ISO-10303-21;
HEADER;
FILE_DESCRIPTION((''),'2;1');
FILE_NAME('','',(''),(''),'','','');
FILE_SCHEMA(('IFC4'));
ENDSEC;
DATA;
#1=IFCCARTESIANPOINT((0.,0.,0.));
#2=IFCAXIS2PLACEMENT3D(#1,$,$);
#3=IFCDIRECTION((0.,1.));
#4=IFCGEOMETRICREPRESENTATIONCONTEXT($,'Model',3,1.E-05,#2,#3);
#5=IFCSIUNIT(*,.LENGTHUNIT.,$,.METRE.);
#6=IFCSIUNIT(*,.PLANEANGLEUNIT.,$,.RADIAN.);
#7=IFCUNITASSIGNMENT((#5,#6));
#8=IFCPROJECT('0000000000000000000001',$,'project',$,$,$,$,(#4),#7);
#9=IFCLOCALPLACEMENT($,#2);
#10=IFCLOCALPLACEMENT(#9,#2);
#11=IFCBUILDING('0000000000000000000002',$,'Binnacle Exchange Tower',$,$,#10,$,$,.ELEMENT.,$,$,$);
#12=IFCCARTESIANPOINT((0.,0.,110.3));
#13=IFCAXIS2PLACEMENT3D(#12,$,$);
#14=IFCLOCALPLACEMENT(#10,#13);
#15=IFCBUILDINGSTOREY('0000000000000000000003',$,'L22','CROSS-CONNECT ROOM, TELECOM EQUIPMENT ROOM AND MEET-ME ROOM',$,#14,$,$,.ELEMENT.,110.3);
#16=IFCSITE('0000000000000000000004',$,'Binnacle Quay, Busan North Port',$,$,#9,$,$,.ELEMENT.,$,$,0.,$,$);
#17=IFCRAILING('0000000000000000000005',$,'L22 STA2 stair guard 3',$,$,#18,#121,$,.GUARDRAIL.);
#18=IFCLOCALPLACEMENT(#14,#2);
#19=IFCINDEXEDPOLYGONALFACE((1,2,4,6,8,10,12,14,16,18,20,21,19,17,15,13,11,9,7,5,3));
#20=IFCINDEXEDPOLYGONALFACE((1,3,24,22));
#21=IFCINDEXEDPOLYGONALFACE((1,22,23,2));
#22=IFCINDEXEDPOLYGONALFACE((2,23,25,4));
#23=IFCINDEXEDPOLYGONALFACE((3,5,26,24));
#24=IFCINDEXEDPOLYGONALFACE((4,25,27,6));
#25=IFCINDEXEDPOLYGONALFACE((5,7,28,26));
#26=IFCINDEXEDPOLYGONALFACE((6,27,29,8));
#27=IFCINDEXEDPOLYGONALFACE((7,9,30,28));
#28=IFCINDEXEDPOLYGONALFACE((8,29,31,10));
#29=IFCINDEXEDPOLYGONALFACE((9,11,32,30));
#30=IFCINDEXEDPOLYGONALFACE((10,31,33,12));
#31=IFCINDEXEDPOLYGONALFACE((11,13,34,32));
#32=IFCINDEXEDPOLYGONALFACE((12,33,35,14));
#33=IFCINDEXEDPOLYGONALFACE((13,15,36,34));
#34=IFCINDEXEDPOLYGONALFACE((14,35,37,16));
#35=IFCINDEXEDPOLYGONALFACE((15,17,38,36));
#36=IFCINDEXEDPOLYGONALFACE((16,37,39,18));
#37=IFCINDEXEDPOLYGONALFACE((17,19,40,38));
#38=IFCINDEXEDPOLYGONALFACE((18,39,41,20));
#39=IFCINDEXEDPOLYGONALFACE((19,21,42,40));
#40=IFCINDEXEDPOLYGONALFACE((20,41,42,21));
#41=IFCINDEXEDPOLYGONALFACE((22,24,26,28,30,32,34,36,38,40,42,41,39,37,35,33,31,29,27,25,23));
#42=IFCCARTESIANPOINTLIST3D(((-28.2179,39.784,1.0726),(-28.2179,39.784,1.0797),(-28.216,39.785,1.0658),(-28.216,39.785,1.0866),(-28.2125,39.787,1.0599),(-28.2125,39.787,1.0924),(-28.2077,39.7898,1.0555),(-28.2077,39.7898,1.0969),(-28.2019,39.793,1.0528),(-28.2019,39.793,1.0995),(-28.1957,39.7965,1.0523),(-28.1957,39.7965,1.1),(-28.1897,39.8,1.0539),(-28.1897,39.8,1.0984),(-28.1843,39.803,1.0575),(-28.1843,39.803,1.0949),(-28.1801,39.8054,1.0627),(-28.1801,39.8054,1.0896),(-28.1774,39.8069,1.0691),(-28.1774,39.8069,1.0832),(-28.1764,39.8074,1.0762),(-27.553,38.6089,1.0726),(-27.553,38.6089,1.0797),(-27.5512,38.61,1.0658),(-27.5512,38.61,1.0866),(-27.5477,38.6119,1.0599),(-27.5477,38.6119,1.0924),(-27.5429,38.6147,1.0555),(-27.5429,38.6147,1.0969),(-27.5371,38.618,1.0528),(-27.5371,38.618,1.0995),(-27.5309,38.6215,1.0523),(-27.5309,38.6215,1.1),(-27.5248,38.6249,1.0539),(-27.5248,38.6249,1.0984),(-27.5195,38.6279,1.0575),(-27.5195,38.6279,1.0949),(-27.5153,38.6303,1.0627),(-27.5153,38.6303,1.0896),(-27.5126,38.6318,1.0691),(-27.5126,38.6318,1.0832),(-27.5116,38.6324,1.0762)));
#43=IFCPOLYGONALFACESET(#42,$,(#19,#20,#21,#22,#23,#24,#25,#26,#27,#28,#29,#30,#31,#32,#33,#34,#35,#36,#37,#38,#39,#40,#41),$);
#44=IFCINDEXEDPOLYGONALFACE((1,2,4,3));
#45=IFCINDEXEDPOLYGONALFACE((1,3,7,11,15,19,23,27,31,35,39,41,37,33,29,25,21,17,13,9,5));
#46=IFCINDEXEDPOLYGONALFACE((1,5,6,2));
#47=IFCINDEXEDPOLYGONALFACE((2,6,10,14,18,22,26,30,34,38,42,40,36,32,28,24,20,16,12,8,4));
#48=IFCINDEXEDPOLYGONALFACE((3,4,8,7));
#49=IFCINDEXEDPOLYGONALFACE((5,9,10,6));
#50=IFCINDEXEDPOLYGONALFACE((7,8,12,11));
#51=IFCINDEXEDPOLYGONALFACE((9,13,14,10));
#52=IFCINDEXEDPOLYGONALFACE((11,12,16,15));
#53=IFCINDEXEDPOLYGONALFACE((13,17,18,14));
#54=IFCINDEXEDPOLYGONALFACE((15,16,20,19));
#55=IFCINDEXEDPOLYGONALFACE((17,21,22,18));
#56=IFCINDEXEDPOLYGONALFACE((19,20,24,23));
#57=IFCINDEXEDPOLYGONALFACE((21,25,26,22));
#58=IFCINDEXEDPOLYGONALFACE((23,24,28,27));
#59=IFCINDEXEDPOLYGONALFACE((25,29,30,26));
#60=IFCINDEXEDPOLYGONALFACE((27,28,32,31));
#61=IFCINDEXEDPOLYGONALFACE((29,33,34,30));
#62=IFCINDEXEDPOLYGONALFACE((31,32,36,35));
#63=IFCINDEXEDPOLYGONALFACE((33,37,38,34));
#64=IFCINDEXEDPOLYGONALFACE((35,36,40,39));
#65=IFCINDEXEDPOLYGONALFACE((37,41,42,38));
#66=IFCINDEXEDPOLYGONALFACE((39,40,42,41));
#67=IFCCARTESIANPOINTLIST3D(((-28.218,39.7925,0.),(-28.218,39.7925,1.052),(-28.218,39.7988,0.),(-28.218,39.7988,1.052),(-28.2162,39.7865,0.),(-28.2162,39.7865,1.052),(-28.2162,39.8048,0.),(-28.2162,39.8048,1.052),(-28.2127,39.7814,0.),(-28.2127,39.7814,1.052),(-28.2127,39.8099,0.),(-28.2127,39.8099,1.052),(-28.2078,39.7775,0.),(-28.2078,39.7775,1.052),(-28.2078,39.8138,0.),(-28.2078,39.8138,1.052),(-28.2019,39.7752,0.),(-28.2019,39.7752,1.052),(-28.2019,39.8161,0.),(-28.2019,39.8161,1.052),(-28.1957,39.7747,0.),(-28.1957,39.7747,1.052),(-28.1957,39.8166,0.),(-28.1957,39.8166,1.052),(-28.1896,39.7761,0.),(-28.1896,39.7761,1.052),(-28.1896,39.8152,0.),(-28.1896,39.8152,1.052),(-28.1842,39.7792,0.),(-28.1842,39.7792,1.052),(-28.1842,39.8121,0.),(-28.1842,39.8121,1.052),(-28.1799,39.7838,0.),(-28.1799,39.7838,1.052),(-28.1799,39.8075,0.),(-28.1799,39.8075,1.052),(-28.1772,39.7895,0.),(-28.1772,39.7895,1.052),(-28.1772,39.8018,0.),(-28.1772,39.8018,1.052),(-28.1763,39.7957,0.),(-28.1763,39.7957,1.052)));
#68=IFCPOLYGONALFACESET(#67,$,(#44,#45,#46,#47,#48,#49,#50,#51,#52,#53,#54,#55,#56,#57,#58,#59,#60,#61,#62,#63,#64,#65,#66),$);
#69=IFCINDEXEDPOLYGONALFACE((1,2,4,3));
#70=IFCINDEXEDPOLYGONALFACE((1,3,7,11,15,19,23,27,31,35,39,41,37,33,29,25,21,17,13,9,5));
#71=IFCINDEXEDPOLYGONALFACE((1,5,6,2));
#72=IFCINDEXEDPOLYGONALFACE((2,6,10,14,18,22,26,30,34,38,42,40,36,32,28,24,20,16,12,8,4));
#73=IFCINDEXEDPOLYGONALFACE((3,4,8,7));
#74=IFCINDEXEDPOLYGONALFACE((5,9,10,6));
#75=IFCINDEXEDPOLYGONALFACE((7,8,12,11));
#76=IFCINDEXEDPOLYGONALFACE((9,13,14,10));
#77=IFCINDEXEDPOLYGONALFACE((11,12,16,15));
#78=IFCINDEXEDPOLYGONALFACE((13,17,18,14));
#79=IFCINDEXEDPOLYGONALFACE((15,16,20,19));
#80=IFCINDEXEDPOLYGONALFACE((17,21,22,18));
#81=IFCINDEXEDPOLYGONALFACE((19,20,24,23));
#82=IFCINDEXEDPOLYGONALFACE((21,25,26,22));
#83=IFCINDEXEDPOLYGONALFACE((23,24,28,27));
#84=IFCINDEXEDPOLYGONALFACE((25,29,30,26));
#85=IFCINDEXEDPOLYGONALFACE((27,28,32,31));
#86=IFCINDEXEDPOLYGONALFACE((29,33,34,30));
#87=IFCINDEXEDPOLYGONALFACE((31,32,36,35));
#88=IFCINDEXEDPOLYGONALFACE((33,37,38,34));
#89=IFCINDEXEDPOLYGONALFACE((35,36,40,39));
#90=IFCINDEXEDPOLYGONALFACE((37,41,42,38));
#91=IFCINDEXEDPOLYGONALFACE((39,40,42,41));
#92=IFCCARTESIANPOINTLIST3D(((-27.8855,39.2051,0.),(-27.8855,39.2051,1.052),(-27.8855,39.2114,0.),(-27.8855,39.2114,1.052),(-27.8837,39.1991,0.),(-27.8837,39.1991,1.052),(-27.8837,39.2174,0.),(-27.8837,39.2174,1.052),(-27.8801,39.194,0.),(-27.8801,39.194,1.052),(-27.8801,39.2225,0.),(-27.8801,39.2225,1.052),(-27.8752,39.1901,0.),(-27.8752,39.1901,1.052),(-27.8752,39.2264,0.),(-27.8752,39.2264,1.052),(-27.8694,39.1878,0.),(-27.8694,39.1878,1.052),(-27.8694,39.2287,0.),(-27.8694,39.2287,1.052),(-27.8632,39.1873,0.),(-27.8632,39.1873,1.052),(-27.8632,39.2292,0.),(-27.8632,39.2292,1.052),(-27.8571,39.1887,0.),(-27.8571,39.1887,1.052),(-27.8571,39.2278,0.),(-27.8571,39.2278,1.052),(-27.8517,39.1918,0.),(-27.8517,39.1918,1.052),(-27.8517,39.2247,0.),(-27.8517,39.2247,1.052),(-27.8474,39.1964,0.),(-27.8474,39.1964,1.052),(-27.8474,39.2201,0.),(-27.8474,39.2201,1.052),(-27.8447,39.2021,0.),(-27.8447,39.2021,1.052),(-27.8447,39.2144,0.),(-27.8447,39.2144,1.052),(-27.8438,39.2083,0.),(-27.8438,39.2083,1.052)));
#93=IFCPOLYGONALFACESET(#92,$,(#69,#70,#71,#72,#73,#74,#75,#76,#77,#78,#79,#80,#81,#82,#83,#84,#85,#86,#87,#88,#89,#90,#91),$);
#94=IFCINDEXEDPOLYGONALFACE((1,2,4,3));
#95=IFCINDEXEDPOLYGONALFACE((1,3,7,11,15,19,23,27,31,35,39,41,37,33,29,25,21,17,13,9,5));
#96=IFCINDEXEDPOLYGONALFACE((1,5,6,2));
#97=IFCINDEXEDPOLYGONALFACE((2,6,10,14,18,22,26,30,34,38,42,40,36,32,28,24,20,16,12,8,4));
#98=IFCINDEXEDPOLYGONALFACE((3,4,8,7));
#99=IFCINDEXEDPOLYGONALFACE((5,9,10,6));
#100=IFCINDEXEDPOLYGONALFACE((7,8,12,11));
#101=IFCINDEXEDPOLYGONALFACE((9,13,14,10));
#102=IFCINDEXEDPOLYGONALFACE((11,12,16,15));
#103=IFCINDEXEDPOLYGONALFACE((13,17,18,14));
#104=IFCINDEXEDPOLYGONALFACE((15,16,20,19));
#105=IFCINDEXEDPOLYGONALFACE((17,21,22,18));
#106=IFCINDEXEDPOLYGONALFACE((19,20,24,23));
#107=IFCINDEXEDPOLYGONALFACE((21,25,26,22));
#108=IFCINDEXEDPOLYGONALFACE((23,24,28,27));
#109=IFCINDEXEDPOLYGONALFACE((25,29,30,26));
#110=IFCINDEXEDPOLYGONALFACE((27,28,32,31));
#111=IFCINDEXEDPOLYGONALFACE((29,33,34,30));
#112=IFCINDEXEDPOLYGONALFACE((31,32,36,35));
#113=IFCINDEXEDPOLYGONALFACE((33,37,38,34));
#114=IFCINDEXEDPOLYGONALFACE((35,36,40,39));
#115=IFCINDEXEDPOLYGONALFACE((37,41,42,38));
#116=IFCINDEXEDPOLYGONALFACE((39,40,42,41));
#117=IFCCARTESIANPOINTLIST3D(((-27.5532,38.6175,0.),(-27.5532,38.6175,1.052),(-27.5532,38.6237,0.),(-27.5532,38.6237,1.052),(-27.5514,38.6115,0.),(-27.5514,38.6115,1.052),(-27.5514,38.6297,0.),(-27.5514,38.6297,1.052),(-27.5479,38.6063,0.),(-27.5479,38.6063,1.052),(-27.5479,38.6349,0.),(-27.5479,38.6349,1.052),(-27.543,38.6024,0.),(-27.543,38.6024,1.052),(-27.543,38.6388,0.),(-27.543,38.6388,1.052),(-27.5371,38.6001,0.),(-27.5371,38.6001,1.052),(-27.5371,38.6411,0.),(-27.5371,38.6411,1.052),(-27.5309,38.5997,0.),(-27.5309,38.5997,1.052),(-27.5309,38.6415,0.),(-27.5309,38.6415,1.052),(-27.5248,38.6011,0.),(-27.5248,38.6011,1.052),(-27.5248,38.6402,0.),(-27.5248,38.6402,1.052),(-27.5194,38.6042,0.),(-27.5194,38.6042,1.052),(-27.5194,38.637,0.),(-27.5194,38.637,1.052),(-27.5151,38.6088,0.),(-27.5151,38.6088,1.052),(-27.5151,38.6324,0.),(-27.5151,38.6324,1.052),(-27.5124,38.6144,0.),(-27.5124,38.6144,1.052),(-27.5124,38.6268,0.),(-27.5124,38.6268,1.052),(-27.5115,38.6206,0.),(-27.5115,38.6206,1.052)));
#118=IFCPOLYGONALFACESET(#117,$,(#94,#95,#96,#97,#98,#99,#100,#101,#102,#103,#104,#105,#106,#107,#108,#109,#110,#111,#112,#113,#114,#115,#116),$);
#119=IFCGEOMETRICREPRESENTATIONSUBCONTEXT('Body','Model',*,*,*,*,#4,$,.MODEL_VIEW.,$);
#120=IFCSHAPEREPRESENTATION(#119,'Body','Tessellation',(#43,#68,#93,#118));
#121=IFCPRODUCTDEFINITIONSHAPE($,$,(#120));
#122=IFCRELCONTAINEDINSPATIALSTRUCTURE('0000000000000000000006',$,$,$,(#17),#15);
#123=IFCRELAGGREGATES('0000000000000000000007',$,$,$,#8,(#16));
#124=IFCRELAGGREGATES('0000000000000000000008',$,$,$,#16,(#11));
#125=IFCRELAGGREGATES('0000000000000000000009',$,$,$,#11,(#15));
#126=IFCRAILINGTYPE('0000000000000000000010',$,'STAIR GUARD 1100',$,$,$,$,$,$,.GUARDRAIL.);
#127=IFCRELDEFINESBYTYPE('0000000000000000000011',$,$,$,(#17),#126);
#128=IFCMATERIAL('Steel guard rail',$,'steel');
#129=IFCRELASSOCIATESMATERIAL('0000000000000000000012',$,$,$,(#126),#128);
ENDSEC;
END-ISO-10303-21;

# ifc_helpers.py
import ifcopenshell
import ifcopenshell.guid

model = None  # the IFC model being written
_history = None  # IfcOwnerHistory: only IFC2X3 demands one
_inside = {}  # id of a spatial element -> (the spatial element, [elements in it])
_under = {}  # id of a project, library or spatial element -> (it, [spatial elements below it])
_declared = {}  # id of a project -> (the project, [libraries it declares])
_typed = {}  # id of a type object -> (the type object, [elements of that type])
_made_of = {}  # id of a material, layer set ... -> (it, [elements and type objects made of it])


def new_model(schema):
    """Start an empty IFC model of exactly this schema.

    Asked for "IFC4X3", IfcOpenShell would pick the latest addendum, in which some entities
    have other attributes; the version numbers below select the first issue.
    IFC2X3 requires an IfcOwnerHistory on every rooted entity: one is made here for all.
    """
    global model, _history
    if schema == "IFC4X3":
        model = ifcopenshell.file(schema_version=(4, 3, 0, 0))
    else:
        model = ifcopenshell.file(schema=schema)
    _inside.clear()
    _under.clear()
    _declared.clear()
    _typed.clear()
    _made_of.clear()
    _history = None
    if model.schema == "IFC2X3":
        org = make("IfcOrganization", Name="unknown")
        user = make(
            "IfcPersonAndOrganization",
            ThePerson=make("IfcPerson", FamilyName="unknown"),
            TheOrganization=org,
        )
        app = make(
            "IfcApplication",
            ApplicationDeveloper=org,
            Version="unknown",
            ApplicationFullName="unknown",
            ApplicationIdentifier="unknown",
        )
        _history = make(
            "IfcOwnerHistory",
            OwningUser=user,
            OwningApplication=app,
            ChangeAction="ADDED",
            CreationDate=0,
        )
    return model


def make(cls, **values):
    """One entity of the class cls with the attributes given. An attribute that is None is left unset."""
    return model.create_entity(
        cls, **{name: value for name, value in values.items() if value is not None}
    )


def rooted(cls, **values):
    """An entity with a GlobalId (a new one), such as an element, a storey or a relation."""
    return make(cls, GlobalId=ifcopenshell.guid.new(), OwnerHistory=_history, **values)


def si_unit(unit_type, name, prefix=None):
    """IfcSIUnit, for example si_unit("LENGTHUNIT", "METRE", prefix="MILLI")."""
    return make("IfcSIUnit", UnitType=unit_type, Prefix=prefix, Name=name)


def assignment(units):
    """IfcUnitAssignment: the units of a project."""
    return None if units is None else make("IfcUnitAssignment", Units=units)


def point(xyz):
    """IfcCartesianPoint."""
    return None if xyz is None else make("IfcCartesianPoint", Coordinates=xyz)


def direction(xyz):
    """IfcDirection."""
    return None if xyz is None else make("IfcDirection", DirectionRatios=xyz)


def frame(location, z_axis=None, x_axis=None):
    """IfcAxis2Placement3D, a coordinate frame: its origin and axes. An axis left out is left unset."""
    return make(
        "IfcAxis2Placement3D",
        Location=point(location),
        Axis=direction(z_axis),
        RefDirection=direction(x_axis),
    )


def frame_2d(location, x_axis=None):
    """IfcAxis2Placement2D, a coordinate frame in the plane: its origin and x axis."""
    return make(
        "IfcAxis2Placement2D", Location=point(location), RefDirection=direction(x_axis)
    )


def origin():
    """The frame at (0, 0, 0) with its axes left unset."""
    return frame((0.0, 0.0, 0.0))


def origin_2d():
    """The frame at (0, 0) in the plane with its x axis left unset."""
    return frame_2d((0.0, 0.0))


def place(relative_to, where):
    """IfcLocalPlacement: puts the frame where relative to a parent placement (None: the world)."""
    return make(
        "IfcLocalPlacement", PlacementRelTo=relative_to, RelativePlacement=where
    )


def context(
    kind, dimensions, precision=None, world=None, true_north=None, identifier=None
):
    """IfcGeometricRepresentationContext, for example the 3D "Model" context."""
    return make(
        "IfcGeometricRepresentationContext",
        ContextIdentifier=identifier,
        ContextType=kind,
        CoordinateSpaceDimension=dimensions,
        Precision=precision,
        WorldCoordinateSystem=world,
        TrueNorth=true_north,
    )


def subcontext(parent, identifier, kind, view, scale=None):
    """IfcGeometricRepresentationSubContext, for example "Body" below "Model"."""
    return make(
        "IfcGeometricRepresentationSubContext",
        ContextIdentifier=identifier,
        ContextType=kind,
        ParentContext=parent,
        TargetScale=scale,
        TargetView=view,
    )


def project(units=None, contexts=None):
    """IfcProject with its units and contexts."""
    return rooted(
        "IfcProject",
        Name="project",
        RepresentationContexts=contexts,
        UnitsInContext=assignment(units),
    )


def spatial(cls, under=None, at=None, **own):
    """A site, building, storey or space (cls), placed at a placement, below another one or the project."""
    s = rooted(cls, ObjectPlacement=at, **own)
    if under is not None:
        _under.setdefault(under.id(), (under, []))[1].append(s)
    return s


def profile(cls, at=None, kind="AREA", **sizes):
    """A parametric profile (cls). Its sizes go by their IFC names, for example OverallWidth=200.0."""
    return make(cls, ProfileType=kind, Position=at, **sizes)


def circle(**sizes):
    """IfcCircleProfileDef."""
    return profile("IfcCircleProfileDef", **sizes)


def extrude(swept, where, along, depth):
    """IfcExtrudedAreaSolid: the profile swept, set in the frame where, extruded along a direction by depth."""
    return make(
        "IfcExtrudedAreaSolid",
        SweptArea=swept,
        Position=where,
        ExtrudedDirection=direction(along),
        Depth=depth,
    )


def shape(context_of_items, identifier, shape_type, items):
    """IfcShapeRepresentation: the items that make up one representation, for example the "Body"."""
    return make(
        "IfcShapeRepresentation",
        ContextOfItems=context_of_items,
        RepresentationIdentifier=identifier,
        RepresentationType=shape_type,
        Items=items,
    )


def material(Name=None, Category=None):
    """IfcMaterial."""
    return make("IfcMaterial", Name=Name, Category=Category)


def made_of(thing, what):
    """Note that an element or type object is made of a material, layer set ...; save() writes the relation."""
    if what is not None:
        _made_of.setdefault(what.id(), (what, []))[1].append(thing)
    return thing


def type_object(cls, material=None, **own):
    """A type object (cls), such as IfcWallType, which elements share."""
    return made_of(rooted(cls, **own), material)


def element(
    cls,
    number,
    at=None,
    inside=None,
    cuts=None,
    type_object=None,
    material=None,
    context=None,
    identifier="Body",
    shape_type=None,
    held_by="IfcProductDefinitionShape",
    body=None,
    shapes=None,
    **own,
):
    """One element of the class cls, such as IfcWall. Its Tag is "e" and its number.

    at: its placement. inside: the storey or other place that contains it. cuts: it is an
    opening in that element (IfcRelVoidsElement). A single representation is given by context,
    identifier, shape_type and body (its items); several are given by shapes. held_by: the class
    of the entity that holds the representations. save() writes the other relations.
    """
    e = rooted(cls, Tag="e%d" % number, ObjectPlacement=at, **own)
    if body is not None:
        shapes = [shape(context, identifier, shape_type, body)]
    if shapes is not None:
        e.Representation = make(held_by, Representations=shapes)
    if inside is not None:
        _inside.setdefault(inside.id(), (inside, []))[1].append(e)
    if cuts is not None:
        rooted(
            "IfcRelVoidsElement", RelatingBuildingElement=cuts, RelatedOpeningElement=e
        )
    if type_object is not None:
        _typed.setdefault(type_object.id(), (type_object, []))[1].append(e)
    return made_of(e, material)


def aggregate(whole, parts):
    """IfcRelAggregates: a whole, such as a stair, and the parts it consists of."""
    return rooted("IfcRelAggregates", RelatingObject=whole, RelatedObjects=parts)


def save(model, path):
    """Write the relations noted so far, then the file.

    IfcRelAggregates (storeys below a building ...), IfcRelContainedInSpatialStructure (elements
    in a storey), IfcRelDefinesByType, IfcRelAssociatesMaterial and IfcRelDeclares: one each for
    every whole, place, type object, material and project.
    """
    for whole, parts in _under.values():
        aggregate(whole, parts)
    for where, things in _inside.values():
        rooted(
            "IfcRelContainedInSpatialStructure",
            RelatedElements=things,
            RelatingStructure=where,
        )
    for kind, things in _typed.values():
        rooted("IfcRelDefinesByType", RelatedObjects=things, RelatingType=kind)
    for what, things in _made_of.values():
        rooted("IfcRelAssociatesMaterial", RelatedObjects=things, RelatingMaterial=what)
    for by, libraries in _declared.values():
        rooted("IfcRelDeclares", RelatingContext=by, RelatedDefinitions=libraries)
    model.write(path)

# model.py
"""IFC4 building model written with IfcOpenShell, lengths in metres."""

from ifc_helpers import new_model, si_unit, direction, frame, origin, origin_2d, place, context, subcontext, project, spatial, circle, extrude, material, type_object, element, save


model = new_model("IFC4")

# Units and contexts
model_context = context("Model", 3, precision=1e-05, world=origin(), true_north=direction((0.0, 1.0)))
body_context = subcontext(model_context, "Body", "Model", "MODEL_VIEW")
ifc_project = project(units=[si_unit("LENGTHUNIT", "METRE"), si_unit("PLANEANGLEUNIT", "RADIAN")], contexts=[model_context])

# Site, building, storey
site_placement = place(None, origin())
site = spatial("IfcSite", under=ifc_project, at=site_placement, Name="Binnacle Quay, Busan North Port", CompositionType="ELEMENT", RefElevation=0.0)
building_placement = place(site_placement, origin())
building = spatial("IfcBuilding", under=site, at=building_placement, Name="Binnacle Exchange Tower", CompositionType="ELEMENT")
storey_placement = place(building_placement, frame((0.0, 0.0, 110.3)))
storey = spatial("IfcBuildingStorey", under=building, at=storey_placement, Name="L22", Description="CROSS-CONNECT ROOM, TELECOM EQUIPMENT ROOM AND MEET-ME ROOM", CompositionType="ELEMENT", Elevation=110.3)

# Railing
ifc_material_1 = material(Name="Steel guard rail", Category="steel")
railing_type_1 = type_object("IfcRailingType", Name="STAIR GUARD 1100", PredefinedType="GUARDRAIL", material=ifc_material_1)
railing_1_placement = place(storey_placement, frame((-28.1973, 39.7957, 0.0)))
element("IfcRailing", 1, at=railing_1_placement, inside=storey, type_object=railing_type_1, Name="L22 STA2 stair guard 3", PredefinedType="GUARDRAIL", context=body_context, shape_type="SweptSolid", body=[
    extrude(circle(Radius=0.0239, at=origin_2d()), frame((0.0, 0.0, 1.0762), z_axis=(0.492415, -0.870361, 0.0), x_axis=(0.870361, 0.492415, 0.0)), (0.0, 0.0, 1.0), 1.3501),
    extrude(circle(Radius=0.021, at=origin_2d()), origin(), (0.0, 0.0, 1.0), 1.052),
    extrude(circle(Radius=0.021, at=origin_2d()), frame((0.3325, -0.5874, 0.0)), (0.0, 0.0, 1.0), 1.052),
    extrude(circle(Radius=0.021, at=origin_2d()), frame((0.6648, -1.175, 0.0)), (0.0, 0.0, 1.0), 1.052),
])

save(model, "model.ifc")
